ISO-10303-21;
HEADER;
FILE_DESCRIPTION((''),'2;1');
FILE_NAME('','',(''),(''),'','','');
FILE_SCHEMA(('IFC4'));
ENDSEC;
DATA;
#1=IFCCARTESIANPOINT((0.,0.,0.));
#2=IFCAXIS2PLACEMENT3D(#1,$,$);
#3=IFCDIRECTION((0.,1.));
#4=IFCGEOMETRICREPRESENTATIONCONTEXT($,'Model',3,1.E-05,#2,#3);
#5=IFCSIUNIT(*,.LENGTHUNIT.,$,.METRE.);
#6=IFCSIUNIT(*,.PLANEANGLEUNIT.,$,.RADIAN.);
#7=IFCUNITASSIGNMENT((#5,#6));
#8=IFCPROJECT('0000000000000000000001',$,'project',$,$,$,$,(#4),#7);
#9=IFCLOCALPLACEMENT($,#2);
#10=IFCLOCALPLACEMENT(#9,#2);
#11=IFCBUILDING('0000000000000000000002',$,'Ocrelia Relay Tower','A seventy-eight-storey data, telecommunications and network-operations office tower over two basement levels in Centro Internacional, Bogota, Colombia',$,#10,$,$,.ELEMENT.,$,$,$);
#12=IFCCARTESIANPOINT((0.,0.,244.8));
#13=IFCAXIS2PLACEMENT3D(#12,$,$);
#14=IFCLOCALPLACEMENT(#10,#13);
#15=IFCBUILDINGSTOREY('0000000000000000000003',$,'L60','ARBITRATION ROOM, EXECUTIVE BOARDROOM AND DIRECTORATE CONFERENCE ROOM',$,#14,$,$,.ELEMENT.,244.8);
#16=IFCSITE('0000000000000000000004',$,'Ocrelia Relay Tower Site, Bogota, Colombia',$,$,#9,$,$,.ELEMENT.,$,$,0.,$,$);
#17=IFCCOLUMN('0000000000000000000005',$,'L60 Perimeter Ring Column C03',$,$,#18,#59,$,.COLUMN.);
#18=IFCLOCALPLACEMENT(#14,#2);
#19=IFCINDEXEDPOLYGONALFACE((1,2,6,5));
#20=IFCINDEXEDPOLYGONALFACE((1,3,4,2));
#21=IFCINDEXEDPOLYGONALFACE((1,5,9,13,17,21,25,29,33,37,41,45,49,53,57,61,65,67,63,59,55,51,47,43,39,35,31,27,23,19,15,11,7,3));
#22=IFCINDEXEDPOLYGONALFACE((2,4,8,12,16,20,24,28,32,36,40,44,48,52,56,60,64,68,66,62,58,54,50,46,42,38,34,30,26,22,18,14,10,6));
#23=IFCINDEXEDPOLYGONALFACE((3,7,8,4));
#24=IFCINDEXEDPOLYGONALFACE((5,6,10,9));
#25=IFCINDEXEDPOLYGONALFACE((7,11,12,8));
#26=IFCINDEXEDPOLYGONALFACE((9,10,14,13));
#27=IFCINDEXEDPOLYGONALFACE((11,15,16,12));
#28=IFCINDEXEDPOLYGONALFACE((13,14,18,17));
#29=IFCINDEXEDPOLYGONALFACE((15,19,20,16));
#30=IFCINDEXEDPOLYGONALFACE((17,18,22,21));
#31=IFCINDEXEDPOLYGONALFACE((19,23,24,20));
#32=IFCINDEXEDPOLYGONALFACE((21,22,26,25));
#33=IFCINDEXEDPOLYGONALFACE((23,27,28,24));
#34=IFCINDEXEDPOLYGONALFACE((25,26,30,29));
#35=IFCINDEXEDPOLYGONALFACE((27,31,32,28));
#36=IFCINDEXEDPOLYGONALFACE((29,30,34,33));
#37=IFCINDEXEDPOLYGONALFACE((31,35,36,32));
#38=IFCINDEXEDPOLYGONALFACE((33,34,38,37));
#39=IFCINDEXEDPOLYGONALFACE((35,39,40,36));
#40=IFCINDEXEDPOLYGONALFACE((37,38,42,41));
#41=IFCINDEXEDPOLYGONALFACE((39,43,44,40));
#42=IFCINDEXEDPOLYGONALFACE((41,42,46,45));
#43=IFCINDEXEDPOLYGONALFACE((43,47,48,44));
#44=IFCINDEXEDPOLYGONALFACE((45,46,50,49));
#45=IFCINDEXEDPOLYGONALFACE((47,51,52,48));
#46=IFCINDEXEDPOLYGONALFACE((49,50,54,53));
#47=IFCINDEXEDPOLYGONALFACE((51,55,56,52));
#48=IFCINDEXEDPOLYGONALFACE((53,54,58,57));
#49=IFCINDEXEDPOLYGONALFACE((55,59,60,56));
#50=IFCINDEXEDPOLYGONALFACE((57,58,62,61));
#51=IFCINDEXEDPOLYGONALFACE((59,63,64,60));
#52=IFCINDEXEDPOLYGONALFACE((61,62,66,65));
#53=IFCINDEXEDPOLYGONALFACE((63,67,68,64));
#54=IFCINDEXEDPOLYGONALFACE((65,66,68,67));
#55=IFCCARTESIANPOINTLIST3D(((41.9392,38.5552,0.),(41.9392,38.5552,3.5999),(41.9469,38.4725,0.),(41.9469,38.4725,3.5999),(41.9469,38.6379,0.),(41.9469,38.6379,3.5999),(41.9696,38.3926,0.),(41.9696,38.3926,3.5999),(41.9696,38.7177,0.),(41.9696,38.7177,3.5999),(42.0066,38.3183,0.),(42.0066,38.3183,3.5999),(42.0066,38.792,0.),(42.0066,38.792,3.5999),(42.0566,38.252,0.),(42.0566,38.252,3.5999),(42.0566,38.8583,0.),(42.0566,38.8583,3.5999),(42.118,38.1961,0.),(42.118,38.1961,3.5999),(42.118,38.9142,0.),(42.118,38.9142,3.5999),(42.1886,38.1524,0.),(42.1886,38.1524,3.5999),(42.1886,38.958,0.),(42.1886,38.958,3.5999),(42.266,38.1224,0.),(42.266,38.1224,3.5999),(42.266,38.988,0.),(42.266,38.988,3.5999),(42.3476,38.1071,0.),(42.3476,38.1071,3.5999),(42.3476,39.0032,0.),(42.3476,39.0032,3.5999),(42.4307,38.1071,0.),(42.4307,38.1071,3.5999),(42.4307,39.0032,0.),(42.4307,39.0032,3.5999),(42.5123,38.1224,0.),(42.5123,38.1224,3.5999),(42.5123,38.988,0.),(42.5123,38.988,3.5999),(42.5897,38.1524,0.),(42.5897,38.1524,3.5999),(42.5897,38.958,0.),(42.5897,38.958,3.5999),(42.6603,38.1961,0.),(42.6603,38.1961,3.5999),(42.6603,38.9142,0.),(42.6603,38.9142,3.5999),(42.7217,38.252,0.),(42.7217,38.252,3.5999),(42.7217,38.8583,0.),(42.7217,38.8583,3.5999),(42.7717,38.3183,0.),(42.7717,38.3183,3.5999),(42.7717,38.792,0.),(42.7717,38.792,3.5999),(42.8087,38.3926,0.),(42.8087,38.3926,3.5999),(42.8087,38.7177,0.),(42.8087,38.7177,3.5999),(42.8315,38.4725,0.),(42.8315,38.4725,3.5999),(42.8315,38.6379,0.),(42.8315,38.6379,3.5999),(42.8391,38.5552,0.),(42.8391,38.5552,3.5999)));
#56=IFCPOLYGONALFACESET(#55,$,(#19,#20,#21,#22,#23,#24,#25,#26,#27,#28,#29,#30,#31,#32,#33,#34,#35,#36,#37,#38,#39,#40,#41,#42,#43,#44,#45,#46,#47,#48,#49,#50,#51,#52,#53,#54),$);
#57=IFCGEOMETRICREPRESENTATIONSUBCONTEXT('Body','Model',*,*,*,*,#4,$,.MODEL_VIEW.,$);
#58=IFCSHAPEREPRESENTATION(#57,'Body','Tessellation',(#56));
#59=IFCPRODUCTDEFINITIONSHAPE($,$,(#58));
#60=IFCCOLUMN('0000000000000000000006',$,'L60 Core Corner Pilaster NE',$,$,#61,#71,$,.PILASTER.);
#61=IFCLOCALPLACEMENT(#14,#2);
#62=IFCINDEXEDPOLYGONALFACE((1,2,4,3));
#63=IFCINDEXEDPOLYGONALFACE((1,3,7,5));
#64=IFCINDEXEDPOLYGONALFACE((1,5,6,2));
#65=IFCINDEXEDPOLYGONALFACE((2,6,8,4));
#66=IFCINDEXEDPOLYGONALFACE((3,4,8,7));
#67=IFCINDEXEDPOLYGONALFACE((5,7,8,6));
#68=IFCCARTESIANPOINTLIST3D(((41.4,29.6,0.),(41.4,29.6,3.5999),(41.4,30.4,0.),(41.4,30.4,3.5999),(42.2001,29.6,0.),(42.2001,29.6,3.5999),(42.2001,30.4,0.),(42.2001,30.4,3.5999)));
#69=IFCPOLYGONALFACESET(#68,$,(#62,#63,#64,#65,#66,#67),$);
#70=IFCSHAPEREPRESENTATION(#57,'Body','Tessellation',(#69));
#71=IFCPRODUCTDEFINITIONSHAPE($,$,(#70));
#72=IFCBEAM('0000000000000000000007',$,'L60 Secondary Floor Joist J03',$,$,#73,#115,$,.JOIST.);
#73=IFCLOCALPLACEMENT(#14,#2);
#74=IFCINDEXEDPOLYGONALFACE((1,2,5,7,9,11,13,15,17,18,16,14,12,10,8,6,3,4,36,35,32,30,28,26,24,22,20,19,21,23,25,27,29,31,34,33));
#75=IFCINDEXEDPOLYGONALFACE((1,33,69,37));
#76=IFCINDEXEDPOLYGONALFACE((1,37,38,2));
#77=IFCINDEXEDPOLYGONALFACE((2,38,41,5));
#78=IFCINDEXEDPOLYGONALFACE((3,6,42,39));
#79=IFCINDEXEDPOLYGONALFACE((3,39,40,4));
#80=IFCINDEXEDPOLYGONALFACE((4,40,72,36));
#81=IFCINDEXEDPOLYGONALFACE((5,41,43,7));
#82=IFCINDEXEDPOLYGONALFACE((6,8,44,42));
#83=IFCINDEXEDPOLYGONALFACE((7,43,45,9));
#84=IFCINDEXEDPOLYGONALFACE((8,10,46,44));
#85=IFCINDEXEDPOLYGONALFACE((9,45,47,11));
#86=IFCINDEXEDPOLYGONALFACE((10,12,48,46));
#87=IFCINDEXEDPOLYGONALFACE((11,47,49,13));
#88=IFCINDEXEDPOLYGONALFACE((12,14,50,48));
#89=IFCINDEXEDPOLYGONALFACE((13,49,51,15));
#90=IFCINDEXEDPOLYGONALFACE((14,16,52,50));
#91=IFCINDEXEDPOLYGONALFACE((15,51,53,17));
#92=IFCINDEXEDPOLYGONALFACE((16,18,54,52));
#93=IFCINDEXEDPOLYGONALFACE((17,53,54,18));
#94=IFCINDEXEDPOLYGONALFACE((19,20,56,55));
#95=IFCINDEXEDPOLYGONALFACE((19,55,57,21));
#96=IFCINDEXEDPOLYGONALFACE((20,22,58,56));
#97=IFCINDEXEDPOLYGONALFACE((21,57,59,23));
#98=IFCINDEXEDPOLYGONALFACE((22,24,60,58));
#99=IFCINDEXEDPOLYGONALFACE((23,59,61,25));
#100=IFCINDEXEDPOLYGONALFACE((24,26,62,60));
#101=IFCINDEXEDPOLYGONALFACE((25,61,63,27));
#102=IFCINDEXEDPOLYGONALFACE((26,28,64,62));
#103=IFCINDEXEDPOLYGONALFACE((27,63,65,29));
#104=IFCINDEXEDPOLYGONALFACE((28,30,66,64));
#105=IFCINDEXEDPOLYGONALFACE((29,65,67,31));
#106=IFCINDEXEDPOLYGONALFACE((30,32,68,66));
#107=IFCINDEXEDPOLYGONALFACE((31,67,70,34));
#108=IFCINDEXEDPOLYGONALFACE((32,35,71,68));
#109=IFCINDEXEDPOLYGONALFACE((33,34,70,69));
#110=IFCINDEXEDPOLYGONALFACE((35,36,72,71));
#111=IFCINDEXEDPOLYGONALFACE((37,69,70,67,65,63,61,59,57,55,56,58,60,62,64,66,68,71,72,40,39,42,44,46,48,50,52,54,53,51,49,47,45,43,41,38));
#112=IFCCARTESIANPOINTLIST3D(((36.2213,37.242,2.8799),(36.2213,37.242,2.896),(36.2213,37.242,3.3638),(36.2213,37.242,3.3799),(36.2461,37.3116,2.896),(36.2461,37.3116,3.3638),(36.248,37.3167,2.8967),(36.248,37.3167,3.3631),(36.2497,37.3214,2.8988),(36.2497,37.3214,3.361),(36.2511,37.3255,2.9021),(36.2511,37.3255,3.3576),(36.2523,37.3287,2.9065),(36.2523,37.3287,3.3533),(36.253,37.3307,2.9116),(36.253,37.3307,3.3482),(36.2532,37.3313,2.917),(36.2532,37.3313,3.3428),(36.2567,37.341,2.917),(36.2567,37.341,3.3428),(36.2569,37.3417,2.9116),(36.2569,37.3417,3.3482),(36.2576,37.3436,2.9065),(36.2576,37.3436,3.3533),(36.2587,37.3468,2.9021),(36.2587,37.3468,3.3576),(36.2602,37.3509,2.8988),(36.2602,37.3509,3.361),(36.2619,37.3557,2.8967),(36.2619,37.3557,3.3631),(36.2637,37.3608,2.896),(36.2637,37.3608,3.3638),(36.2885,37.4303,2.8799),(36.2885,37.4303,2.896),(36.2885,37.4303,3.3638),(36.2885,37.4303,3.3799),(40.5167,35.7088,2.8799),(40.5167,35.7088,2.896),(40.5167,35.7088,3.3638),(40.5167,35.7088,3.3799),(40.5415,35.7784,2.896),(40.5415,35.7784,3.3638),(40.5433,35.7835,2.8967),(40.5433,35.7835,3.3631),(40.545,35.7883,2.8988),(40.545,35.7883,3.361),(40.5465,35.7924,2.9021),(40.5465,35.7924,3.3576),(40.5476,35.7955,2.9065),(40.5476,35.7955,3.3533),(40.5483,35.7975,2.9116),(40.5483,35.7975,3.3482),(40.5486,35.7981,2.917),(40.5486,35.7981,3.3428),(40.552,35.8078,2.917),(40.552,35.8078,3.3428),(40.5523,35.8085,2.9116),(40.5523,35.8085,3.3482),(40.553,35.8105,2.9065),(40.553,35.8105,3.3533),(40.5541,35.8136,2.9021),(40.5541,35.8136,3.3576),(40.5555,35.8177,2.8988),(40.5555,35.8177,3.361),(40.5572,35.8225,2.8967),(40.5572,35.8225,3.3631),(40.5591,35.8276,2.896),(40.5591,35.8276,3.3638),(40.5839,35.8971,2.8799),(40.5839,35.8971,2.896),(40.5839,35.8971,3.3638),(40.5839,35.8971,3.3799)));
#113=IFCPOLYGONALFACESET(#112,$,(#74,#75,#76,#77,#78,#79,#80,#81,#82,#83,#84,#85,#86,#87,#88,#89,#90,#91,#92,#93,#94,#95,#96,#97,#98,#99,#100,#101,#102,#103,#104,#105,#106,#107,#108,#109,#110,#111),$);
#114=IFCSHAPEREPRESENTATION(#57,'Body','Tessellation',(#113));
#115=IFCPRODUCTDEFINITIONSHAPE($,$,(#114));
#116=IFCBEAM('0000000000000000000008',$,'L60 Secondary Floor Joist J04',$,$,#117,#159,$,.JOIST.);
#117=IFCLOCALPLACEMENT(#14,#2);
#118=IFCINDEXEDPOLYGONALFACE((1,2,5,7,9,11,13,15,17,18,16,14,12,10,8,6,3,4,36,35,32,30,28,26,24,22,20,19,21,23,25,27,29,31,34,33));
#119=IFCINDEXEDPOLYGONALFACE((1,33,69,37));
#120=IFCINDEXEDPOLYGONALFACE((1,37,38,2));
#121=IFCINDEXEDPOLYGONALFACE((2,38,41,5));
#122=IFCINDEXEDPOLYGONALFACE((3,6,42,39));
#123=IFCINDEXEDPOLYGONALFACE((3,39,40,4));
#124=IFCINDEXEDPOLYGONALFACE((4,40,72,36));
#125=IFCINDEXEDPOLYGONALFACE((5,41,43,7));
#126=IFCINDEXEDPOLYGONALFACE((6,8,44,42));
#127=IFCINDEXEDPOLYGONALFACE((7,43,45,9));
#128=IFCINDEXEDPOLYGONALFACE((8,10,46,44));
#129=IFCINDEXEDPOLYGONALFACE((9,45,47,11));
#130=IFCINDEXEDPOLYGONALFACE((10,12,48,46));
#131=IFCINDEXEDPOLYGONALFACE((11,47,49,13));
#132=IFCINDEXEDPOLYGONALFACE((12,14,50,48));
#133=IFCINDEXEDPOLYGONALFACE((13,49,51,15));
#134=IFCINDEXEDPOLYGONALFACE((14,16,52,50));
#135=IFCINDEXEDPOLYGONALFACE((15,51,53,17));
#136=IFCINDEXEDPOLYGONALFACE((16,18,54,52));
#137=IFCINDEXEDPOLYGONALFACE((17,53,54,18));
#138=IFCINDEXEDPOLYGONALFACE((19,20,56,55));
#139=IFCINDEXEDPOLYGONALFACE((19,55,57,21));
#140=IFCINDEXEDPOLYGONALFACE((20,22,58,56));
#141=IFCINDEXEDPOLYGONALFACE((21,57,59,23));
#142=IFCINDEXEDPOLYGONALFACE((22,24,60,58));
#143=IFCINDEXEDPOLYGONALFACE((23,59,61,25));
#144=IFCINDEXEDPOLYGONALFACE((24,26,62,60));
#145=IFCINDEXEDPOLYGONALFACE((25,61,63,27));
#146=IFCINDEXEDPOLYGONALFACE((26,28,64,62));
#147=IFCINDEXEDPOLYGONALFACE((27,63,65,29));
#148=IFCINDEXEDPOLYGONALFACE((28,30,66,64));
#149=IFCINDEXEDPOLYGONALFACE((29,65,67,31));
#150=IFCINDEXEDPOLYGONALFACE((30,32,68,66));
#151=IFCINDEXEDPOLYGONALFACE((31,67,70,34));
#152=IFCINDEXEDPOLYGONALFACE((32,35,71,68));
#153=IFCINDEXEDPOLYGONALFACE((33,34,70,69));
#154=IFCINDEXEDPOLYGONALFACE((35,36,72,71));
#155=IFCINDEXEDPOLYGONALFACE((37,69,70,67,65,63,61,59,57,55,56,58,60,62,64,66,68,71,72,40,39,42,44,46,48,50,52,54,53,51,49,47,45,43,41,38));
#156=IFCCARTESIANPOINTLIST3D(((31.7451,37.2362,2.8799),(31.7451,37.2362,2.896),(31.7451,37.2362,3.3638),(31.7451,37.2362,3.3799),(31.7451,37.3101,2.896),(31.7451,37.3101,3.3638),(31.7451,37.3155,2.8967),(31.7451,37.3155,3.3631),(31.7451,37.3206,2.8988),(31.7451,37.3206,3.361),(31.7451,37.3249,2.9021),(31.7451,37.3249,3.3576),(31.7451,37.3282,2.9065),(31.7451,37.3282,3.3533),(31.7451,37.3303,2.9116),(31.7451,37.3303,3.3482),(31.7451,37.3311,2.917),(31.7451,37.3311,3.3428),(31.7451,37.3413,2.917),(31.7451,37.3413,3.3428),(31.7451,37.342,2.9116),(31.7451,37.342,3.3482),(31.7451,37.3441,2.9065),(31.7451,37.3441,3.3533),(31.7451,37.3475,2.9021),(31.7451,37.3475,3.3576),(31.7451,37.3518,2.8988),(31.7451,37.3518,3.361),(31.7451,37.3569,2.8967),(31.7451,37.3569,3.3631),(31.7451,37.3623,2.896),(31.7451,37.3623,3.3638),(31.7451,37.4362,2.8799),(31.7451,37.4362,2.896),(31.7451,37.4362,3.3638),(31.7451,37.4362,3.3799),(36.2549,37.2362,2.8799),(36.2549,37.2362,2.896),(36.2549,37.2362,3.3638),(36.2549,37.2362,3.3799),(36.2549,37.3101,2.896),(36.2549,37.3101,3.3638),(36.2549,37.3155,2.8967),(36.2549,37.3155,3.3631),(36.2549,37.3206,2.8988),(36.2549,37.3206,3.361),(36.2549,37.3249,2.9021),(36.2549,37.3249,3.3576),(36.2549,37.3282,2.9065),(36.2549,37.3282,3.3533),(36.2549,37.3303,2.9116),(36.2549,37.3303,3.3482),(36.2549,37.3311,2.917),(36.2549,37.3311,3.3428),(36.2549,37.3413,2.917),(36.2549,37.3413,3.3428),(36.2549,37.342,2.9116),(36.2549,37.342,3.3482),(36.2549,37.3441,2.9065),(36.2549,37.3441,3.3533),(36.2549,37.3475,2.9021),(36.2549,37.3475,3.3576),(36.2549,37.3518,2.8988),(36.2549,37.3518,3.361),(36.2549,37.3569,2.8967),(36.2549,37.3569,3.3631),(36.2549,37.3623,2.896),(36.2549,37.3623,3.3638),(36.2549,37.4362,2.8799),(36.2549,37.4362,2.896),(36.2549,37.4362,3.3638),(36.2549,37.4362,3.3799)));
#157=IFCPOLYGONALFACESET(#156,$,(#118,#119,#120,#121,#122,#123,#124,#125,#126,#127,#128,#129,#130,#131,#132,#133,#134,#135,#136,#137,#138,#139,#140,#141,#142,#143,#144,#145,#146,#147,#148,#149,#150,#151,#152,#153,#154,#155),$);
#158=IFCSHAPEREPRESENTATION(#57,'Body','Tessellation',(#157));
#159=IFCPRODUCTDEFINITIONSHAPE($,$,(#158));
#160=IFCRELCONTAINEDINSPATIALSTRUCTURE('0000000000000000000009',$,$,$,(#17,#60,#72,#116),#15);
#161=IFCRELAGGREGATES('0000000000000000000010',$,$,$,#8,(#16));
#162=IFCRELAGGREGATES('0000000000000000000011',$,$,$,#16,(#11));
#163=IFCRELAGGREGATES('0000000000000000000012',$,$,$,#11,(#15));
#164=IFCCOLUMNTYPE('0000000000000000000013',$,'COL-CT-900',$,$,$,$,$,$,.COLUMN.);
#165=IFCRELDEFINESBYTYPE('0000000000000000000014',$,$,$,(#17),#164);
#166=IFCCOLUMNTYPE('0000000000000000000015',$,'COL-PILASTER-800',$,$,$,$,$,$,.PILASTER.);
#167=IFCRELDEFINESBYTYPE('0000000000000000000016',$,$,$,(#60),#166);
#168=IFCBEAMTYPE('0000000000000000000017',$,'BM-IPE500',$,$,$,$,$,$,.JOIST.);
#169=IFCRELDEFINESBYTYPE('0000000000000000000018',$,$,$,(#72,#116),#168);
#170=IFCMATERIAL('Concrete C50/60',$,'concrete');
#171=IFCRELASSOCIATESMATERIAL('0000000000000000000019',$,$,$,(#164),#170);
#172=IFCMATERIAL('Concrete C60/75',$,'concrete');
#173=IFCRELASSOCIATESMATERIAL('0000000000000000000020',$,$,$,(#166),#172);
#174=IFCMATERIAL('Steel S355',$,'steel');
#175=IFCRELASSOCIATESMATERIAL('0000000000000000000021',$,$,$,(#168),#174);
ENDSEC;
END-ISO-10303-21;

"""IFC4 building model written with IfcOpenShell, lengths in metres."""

from ifc_helpers import new_model, si_unit, direction, frame, origin, origin_2d, place, context, subcontext, project, spatial, rectangle, circle, i_section, extrude, material, material_profile, profile_set, type_object, element, save


model = new_model("IFC4")

# Units and contexts
model_context = context("Model", 3, precision=1e-05, world=origin(), true_north=direction((0.0, 1.0)))
body_context = subcontext(model_context, "Body", "Model", "MODEL_VIEW")
ifc_project = project(units=[si_unit("LENGTHUNIT", "METRE"), si_unit("PLANEANGLEUNIT", "RADIAN")], contexts=[model_context])

# Site, building, storey
site_placement = place(None, origin())
site = spatial("IfcSite", under=ifc_project, at=site_placement, Name="Ocrelia Relay Tower Site, Bogota, Colombia", CompositionType="ELEMENT", RefElevation=0.0)
building_placement = place(site_placement, origin())
building = spatial("IfcBuilding", under=site, at=building_placement, Name="Ocrelia Relay Tower", Description="A seventy-eight-storey data, telecommunications and network-operations office tower over two basement levels in Centro Internacional, Bogota, Colombia", CompositionType="ELEMENT")
storey_placement = place(building_placement, frame((0.0, 0.0, 244.8)))
storey = spatial("IfcBuildingStorey", under=building, at=storey_placement, Name="L60", Description="ARBITRATION ROOM, EXECUTIVE BOARDROOM AND DIRECTORATE CONFERENCE ROOM", CompositionType="ELEMENT", Elevation=244.8)

# Columns
ifc_material_1 = material(Name="Concrete C50/60", Category="concrete")
ifc_material_profile_1 = material_profile(ifc_material_1, circle(Radius=0.45, at=origin_2d()), Name="RC-CIR-900")
ifc_profile_set_1 = profile_set([ifc_material_profile_1], Name="Concrete C50/60")
column_type_1 = type_object("IfcColumnType", Name="COL-CT-900", PredefinedType="COLUMN", material=ifc_profile_set_1)
column_1_placement = place(storey_placement, frame((42.3892, 38.5552, 0.0), z_axis=(0.0, 0.0, 1.0), x_axis=(1.0, 0.0, 0.0)))
element("IfcColumn", 1, at=column_1_placement, inside=storey, type_object=column_type_1, Name="L60 Perimeter Ring Column C03", PredefinedType="COLUMN", context=body_context, shape_type="SweptSolid", body=[
    extrude(circle(Radius=0.45, at=origin_2d()), origin(), (0.0, 0.0, 1.0), 3.5999),
])
ifc_material_2 = material(Name="Concrete C60/75", Category="concrete")
ifc_material_profile_2 = material_profile(ifc_material_2, rectangle(XDim=0.8, YDim=0.8, at=origin_2d()), Name="RC-COL-800x800")
ifc_profile_set_2 = profile_set([ifc_material_profile_2], Name="Concrete C60/75")
column_type_2 = type_object("IfcColumnType", Name="COL-PILASTER-800", PredefinedType="PILASTER", material=ifc_profile_set_2)
column_2_placement = place(storey_placement, frame((41.8, 30.0, 0.0), z_axis=(0.0, 0.0, 1.0), x_axis=(1.0, 0.0, 0.0)))
element("IfcColumn", 2, at=column_2_placement, inside=storey, type_object=column_type_2, Name="L60 Core Corner Pilaster NE", PredefinedType="PILASTER", context=body_context, shape_type="SweptSolid", body=[
    extrude(rectangle(XDim=0.8, YDim=0.8, at=origin_2d()), origin(), (0.0, 0.0, 1.0), 3.5999),
])

# Beams
ifc_material_3 = material(Name="Steel S355", Category="steel")
ifc_material_profile_3 = material_profile(ifc_material_3, i_section(OverallWidth=0.2, OverallDepth=0.5, WebThickness=0.0103, FlangeThickness=0.0161, FilletRadius=0.021, at=origin_2d()), Name="IPE 500")
ifc_profile_set_3 = profile_set([ifc_material_profile_3], Name="Steel S355")
beam_type = type_object("IfcBeamType", Name="BM-IPE500", PredefinedType="JOIST", material=ifc_profile_set_3)
beam_1_placement = place(storey_placement, frame((40.5503, 35.803, 3.1299), z_axis=(-0.941802, 0.336167, 0.0), x_axis=(-0.336167, -0.941802, 0.0)))
element("IfcBeam", 3, at=beam_1_placement, inside=storey, type_object=beam_type, Name="L60 Secondary Floor Joist J03", PredefinedType="JOIST", context=body_context, shape_type="SweptSolid", body=[
    extrude(i_section(OverallWidth=0.2, OverallDepth=0.5, WebThickness=0.0103, FlangeThickness=0.0161, FilletRadius=0.021, at=origin_2d()), origin(), (0.0, 0.0, 1.0), 4.5608),
])
beam_2_placement = place(storey_placement, frame((36.2549, 37.3362, 3.1299), z_axis=(-1.0, 0.0, 0.0), x_axis=(0.0, -1.0, 0.0)))
element("IfcBeam", 4, at=beam_2_placement, inside=storey, type_object=beam_type, Name="L60 Secondary Floor Joist J04", PredefinedType="JOIST", context=body_context, shape_type="SweptSolid", body=[
    extrude(i_section(OverallWidth=0.2, OverallDepth=0.5, WebThickness=0.0103, FlangeThickness=0.0161, FilletRadius=0.021, at=origin_2d()), origin(), (0.0, 0.0, 1.0), 4.5098),
])

save(model, "model.ifc")
